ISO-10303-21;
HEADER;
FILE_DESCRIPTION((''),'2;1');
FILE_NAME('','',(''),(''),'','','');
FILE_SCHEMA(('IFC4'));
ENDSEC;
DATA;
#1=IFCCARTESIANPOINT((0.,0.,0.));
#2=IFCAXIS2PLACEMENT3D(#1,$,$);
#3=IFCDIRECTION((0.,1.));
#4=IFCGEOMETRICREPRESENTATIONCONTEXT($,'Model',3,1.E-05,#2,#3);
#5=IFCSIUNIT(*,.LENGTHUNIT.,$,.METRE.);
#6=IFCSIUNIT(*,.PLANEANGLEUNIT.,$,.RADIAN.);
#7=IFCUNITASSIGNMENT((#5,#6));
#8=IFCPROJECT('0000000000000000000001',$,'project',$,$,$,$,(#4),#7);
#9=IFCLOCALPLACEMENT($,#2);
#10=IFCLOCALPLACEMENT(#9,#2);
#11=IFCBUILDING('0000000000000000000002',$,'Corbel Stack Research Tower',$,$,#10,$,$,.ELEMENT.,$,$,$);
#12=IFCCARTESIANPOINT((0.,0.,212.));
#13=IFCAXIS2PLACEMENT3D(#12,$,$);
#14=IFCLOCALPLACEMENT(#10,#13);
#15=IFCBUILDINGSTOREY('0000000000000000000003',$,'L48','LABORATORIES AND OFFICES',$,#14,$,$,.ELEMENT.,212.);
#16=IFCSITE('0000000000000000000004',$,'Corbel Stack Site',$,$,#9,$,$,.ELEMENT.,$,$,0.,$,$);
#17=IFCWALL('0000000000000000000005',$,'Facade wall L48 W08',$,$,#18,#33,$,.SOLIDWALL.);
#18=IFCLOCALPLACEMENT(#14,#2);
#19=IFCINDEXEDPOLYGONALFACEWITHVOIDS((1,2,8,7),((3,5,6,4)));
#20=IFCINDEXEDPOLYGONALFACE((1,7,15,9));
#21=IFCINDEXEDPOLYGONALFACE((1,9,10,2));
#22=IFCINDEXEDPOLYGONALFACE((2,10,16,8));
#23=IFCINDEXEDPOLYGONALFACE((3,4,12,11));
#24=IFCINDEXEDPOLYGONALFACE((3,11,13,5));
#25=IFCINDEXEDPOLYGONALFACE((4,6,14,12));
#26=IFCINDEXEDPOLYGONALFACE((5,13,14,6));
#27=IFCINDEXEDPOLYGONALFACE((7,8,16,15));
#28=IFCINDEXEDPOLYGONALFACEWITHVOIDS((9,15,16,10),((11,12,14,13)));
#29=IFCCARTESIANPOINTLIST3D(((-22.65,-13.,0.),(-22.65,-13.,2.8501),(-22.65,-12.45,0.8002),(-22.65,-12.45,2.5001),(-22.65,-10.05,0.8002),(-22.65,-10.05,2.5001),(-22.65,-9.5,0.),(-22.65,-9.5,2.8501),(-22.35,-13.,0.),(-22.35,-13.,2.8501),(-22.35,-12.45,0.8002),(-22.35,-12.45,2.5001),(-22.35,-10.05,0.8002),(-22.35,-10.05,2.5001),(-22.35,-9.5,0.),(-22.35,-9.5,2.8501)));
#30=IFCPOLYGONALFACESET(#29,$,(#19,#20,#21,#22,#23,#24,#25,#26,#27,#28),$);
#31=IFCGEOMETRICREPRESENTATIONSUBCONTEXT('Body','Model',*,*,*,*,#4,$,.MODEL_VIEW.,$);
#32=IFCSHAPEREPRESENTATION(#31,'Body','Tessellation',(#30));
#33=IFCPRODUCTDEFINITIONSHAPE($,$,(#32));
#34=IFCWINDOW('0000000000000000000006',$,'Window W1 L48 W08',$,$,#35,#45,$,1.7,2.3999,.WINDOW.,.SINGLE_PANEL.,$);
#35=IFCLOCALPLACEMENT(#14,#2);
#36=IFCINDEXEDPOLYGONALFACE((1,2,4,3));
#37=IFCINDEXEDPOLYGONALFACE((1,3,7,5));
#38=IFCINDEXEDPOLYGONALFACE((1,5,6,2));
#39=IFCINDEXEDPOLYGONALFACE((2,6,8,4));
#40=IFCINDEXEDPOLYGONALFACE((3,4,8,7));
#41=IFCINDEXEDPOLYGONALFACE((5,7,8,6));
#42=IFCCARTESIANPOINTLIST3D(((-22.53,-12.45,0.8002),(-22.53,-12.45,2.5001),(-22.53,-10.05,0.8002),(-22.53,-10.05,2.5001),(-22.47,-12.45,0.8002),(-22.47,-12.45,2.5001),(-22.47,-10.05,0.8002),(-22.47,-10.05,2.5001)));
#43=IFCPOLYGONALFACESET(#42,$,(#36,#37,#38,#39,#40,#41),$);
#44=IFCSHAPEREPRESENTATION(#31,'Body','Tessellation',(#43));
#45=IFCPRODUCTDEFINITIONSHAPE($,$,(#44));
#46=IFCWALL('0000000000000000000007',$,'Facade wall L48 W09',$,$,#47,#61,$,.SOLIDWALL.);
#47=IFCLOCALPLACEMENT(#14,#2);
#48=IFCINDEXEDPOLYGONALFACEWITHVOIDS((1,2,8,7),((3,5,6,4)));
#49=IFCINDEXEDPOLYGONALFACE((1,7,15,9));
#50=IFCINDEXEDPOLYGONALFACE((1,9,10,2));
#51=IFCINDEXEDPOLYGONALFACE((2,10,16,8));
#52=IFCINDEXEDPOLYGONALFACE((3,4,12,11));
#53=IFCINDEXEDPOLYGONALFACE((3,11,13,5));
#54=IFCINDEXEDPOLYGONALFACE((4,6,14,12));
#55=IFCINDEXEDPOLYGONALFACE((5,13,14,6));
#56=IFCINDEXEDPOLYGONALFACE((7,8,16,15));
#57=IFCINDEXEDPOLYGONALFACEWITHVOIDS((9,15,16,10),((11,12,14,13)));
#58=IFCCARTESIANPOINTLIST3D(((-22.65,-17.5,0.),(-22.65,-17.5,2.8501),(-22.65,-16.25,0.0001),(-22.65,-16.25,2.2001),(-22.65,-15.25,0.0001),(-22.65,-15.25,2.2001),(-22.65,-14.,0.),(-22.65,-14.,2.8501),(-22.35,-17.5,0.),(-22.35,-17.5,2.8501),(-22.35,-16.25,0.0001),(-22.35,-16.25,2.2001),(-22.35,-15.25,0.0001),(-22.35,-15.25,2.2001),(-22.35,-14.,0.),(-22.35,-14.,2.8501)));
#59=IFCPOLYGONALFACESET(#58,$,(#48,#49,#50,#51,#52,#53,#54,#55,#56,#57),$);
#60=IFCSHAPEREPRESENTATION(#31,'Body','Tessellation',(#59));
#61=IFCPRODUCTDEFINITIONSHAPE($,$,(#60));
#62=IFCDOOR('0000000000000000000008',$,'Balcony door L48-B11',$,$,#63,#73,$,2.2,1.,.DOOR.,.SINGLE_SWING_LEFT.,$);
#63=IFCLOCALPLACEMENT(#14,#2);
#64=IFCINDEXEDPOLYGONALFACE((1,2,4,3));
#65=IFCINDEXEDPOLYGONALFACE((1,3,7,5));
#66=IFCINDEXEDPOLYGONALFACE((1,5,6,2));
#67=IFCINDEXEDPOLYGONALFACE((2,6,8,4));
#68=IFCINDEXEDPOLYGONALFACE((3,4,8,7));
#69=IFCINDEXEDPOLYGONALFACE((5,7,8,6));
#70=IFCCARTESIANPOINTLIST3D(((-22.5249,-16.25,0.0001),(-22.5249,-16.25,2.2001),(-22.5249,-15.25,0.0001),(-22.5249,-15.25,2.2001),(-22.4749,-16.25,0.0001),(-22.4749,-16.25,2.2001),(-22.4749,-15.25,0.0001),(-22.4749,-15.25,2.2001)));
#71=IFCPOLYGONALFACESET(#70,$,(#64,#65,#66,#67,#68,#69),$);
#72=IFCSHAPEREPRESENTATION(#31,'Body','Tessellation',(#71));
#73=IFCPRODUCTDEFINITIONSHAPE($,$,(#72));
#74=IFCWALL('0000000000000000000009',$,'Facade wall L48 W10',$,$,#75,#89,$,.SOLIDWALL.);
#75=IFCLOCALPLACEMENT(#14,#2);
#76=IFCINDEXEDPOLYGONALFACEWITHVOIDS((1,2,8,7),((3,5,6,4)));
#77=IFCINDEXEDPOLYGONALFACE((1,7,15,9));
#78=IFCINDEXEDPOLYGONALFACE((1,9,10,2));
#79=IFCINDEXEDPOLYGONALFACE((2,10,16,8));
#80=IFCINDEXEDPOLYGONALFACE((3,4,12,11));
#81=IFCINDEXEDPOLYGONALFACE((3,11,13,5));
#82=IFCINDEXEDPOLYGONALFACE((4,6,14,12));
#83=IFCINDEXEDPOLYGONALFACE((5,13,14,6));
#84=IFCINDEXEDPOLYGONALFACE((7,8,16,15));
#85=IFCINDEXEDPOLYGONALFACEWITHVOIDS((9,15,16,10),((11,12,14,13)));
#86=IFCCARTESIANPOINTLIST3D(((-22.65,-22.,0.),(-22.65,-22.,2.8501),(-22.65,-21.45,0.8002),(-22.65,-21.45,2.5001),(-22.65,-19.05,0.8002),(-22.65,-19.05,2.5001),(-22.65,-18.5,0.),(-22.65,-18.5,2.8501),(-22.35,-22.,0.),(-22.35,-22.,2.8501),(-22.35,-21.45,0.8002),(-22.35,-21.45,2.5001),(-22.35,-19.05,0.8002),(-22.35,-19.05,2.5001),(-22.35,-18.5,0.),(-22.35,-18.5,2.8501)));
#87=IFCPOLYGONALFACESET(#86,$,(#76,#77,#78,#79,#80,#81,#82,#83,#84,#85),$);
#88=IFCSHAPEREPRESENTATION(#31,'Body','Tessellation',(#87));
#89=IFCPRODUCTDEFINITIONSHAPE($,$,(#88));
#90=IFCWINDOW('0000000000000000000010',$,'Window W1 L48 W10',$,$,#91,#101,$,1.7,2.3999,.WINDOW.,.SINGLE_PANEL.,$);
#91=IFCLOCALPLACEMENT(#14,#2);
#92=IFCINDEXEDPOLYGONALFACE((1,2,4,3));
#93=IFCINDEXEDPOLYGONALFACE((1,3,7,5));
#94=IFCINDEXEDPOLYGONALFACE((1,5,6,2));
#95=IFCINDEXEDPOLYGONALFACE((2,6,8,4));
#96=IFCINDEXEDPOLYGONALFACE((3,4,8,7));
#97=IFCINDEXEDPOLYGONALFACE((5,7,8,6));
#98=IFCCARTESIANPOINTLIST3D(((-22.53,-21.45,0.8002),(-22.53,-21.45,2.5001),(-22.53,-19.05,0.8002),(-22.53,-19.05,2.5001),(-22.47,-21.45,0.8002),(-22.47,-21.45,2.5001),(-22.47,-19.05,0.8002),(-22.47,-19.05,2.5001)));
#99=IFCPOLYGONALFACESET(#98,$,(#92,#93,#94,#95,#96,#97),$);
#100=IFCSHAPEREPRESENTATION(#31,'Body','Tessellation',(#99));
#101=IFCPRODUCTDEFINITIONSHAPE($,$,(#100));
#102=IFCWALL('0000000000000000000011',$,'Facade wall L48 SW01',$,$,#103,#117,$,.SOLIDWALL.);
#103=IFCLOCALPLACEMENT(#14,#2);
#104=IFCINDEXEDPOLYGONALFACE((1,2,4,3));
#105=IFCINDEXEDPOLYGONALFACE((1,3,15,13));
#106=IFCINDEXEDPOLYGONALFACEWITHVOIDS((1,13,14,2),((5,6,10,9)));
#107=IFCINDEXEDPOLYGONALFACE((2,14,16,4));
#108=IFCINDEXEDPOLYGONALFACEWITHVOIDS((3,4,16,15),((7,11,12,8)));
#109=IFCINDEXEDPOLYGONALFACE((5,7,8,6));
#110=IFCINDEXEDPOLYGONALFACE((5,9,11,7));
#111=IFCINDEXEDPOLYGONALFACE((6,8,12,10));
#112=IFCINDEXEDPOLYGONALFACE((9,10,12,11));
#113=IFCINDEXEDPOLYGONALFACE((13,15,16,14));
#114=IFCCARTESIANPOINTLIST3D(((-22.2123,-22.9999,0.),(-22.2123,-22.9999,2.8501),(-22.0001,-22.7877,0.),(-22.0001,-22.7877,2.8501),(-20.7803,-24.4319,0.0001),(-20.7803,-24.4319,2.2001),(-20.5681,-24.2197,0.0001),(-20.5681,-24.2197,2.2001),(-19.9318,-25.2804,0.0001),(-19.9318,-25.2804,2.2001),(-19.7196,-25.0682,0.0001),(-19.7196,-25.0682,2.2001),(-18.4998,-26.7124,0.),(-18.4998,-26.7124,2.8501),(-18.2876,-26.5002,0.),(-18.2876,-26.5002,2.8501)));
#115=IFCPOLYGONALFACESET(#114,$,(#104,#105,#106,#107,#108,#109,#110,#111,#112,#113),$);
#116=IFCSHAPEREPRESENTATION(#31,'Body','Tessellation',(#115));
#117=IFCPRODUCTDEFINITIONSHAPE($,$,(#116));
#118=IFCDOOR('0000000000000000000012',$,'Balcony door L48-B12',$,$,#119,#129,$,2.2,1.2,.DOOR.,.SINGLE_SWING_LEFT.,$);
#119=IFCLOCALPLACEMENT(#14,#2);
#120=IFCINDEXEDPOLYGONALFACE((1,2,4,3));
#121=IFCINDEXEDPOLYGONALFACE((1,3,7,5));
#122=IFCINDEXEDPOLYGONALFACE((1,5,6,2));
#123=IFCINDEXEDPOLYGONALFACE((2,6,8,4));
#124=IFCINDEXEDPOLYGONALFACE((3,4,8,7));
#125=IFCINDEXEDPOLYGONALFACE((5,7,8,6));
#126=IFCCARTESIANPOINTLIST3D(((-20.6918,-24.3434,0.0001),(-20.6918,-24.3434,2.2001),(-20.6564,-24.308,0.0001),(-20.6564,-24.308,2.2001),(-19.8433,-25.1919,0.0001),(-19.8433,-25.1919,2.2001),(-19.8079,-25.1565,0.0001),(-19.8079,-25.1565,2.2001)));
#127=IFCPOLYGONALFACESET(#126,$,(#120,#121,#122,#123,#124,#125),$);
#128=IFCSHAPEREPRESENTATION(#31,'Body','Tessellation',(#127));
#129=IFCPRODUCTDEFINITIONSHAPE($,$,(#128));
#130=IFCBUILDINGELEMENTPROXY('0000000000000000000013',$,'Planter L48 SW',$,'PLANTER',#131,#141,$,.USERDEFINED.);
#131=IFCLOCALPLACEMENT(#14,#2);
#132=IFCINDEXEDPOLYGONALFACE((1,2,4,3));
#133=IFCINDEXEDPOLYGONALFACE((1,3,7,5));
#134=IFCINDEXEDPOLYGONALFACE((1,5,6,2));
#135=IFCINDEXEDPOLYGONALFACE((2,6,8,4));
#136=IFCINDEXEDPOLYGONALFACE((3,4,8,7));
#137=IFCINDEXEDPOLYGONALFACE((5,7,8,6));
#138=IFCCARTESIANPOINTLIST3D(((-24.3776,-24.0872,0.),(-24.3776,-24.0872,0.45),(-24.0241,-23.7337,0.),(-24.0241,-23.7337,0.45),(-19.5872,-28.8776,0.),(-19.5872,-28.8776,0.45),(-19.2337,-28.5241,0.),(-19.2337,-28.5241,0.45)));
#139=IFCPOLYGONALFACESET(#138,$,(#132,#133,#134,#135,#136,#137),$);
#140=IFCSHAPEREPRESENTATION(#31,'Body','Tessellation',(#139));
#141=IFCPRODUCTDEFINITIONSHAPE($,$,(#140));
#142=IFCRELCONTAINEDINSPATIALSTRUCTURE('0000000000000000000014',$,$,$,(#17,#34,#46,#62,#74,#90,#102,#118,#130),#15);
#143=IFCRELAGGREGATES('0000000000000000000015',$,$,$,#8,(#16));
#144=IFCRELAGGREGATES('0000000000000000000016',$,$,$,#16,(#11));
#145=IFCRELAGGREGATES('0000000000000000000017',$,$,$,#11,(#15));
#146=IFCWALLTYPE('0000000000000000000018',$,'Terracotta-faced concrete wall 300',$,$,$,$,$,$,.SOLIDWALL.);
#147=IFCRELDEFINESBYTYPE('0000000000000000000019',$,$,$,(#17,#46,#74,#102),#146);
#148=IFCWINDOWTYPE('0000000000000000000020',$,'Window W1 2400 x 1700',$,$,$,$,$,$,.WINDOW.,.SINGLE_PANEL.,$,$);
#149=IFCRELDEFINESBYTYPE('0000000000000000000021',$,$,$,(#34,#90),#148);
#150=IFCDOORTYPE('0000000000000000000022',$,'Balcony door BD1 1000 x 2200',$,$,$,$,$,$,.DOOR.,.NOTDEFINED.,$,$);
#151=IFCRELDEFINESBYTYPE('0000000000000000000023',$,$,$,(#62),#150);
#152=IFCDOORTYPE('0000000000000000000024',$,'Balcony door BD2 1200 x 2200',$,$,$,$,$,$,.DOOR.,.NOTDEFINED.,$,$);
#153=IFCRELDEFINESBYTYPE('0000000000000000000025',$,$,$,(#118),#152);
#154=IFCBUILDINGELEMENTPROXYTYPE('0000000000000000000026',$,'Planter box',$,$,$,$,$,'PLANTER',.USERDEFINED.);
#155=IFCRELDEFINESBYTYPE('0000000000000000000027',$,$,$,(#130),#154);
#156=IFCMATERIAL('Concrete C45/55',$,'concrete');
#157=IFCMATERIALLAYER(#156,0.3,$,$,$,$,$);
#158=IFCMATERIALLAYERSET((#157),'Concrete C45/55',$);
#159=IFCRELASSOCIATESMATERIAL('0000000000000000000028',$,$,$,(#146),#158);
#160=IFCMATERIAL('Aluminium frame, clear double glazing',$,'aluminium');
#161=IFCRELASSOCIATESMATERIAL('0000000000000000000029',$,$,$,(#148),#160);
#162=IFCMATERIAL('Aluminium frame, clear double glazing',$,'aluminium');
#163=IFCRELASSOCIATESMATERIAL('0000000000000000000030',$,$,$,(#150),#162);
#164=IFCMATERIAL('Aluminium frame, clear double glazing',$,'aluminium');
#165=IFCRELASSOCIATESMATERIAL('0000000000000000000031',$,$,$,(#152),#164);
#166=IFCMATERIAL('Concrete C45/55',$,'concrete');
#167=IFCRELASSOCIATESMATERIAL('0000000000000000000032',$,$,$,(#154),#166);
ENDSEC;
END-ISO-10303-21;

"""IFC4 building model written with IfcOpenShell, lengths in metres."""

from ifc_helpers import new_model, si_unit, direction, frame, frame_2d, origin, origin_2d, place, context, subcontext, project, spatial, rectangle, extrude, material, layer, layer_set, type_object, element, fill, save


model = new_model("IFC4")

# Units and contexts
model_context = context("Model", 3, precision=1e-05, world=origin(), true_north=direction((0.0, 1.0)))
body_context = subcontext(model_context, "Body", "Model", "MODEL_VIEW")
ifc_project = project(units=[si_unit("LENGTHUNIT", "METRE"), si_unit("PLANEANGLEUNIT", "RADIAN")], contexts=[model_context])

# Site, building, storey
site_placement = place(None, origin())
site = spatial("IfcSite", under=ifc_project, at=site_placement, Name="Corbel Stack Site", CompositionType="ELEMENT", RefElevation=0.0)
building_placement = place(site_placement, origin())
building = spatial("IfcBuilding", under=site, at=building_placement, Name="Corbel Stack Research Tower", CompositionType="ELEMENT")
storey_placement = place(building_placement, frame((0.0, 0.0, 212.0)))
storey = spatial("IfcBuildingStorey", under=building, at=storey_placement, Name="L48", Description="LABORATORIES AND OFFICES", CompositionType="ELEMENT", Elevation=212.0)

# Wall, opening, window
ifc_material_1 = material(Name="Concrete C45/55", Category="concrete")
ifc_layer_1 = layer(ifc_material_1, 0.3)
ifc_layer_set_1 = layer_set([ifc_layer_1], Name="Concrete C45/55")
wall_type_1 = type_object("IfcWallType", Name="Terracotta-faced concrete wall 300", PredefinedType="SOLIDWALL", material=ifc_layer_set_1)
ifc_material_2 = material(Name="Aluminium frame, clear double glazing", Category="aluminium")
window_type = type_object("IfcWindowType", Name="Window W1 2400 x 1700", PartitioningType="SINGLE_PANEL", PredefinedType="WINDOW", material=ifc_material_2)
wall_1_placement = place(storey_placement, frame((-22.5, -13.0, 0.0), z_axis=(0.0, 0.0, 1.0), x_axis=(0.0, 1.0, 0.0)))
wall_1 = element("IfcWall", 1, at=wall_1_placement, inside=storey, type_object=wall_type_1, Name="Facade wall L48 W08", PredefinedType="SOLIDWALL", context=body_context, shape_type="SweptSolid", body=[
    extrude(rectangle(XDim=3.5, YDim=0.3, at=frame_2d((1.75, 0.0))), origin(), (0.0, 0.0, 1.0), 2.8501),
])
opening_1_placement = place(wall_1_placement, frame((0.55, 0.0, 0.8)))
opening_1 = element("IfcOpeningElement", 2, at=opening_1_placement, cuts=wall_1, PredefinedType="OPENING", context=body_context, shape_type="SweptSolid", body=[
    extrude(rectangle(XDim=2.3999, YDim=1.7, at=frame_2d((1.2, 0.8501))), frame((0.0, 0.1599, 0.0), z_axis=(0.0, -1.0, 0.0), x_axis=(1.0, 0.0, 0.0)), (0.0, 0.0, 1.0), 0.3201),
])
window_1_placement = place(opening_1_placement, origin())
window_1 = element("IfcWindow", 3, at=window_1_placement, inside=storey, type_object=window_type, Name="Window W1 L48 W08", OverallHeight=1.7, OverallWidth=2.3999, PartitioningType="SINGLE_PANEL", PredefinedType="WINDOW", context=body_context, shape_type="SweptSolid", body=[
    extrude(rectangle(XDim=2.3999, YDim=1.7, at=frame_2d((1.2, 0.8501))), frame((0.0, 0.03, 0.0), z_axis=(0.0, -1.0, 0.0), x_axis=(1.0, 0.0, 0.0)), (0.0, 0.0, 1.0), 0.0601),
])
fill(opening_1, window_1)

# Wall, opening, door
wall_2_placement = place(storey_placement, frame((-22.5, -17.5, 0.0), z_axis=(0.0, 0.0, 1.0), x_axis=(0.0, 1.0, 0.0)))
wall_2 = element("IfcWall", 4, at=wall_2_placement, inside=storey, type_object=wall_type_1, Name="Facade wall L48 W09", PredefinedType="SOLIDWALL", context=body_context, shape_type="SweptSolid", body=[
    extrude(rectangle(XDim=3.5, YDim=0.3, at=frame_2d((1.75, 0.0))), origin(), (0.0, 0.0, 1.0), 2.8501),
])
opening_2_placement = place(wall_2_placement, frame((1.25, 0.0, 0.0)))
opening_2 = element("IfcOpeningElement", 5, at=opening_2_placement, cuts=wall_2, PredefinedType="OPENING", context=body_context, shape_type="SweptSolid", body=[
    extrude(rectangle(XDim=1.0, YDim=2.2, at=frame_2d((0.5, 1.1001))), frame((0.0, 0.1599, 0.0), z_axis=(0.0, -1.0, 0.0), x_axis=(1.0, 0.0, 0.0)), (0.0, 0.0, 1.0), 0.3201),
])
ifc_material_3 = material(Name="Aluminium frame, clear double glazing", Category="aluminium")
door_type_1 = type_object("IfcDoorType", Name="Balcony door BD1 1000 x 2200", OperationType="NOTDEFINED", PredefinedType="DOOR", material=ifc_material_3)
door_1_placement = place(opening_2_placement, origin())
door_1 = element("IfcDoor", 6, at=door_1_placement, inside=storey, type_object=door_type_1, Name="Balcony door L48-B11", OperationType="SINGLE_SWING_LEFT", OverallHeight=2.2, OverallWidth=1.0, PredefinedType="DOOR", context=body_context, shape_type="SweptSolid", body=[
    extrude(rectangle(XDim=1.0, YDim=2.2, at=frame_2d((0.5, 1.1001))), frame((0.0, 0.0249, 0.0), z_axis=(0.0, -1.0, 0.0), x_axis=(1.0, 0.0, 0.0)), (0.0, 0.0, 1.0), 0.05),
])
fill(opening_2, door_1)

# Wall, opening, window
wall_3_placement = place(storey_placement, frame((-22.5, -22.0, 0.0), z_axis=(0.0, 0.0, 1.0), x_axis=(0.0, 1.0, 0.0)))
wall_3 = element("IfcWall", 7, at=wall_3_placement, inside=storey, type_object=wall_type_1, Name="Facade wall L48 W10", PredefinedType="SOLIDWALL", context=body_context, shape_type="SweptSolid", body=[
    extrude(rectangle(XDim=3.5, YDim=0.3, at=frame_2d((1.75, 0.0))), origin(), (0.0, 0.0, 1.0), 2.8501),
])
opening_3_placement = place(wall_3_placement, frame((0.55, 0.0, 0.8)))
opening_3 = element("IfcOpeningElement", 8, at=opening_3_placement, cuts=wall_3, PredefinedType="OPENING", context=body_context, shape_type="SweptSolid", body=[
    extrude(rectangle(XDim=2.3999, YDim=1.7, at=frame_2d((1.2, 0.8501))), frame((0.0, 0.1599, 0.0), z_axis=(0.0, -1.0, 0.0), x_axis=(1.0, 0.0, 0.0)), (0.0, 0.0, 1.0), 0.3201),
])
window_2_placement = place(opening_3_placement, origin())
window_2 = element("IfcWindow", 9, at=window_2_placement, inside=storey, type_object=window_type, Name="Window W1 L48 W10", OverallHeight=1.7, OverallWidth=2.3999, PartitioningType="SINGLE_PANEL", PredefinedType="WINDOW", context=body_context, shape_type="SweptSolid", body=[
    extrude(rectangle(XDim=2.3999, YDim=1.7, at=frame_2d((1.2, 0.8501))), frame((0.0, 0.03, 0.0), z_axis=(0.0, -1.0, 0.0), x_axis=(1.0, 0.0, 0.0)), (0.0, 0.0, 1.0), 0.0601),
])
fill(opening_3, window_2)

# Wall, opening, door
wall_4_placement = place(storey_placement, frame((-18.3938, -26.6062, 0.0), z_axis=(0.0, 0.0, 1.0), x_axis=(-0.707107, 0.707107, 0.0)))
wall_4 = element("IfcWall", 10, at=wall_4_placement, inside=storey, type_object=wall_type_1, Name="Facade wall L48 SW01", PredefinedType="SOLIDWALL", context=body_context, shape_type="SweptSolid", body=[
    extrude(rectangle(XDim=5.2502, YDim=0.3, at=frame_2d((2.625, 0.0))), origin(), (0.0, 0.0, 1.0), 2.8501),
])
opening_4_placement = place(wall_4_placement, frame((2.0249, 0.0, 0.0)))
opening_4 = element("IfcOpeningElement", 11, at=opening_4_placement, cuts=wall_4, PredefinedType="OPENING", context=body_context, shape_type="SweptSolid", body=[
    extrude(rectangle(XDim=1.2, YDim=2.2, at=frame_2d((0.6001, 1.1001))), frame((0.0, 0.1599, 0.0), z_axis=(0.0, -1.0, 0.0), x_axis=(1.0, 0.0, 0.0)), (0.0, 0.0, 1.0), 0.3201),
])
ifc_material_4 = material(Name="Aluminium frame, clear double glazing", Category="aluminium")
door_type_2 = type_object("IfcDoorType", Name="Balcony door BD2 1200 x 2200", OperationType="NOTDEFINED", PredefinedType="DOOR", material=ifc_material_4)
door_2_placement = place(opening_4_placement, origin())
door_2 = element("IfcDoor", 12, at=door_2_placement, inside=storey, type_object=door_type_2, Name="Balcony door L48-B12", OperationType="SINGLE_SWING_LEFT", OverallHeight=2.2, OverallWidth=1.2, PredefinedType="DOOR", context=body_context, shape_type="SweptSolid", body=[
    extrude(rectangle(XDim=1.2, YDim=2.2, at=frame_2d((0.6001, 1.1001))), frame((0.0, 0.0249, 0.0), z_axis=(0.0, -1.0, 0.0), x_axis=(1.0, 0.0, 0.0)), (0.0, 0.0, 1.0), 0.05),
])
fill(opening_4, door_2)

# Building element proxy
ifc_material_5 = material(Name="Concrete C45/55", Category="concrete")
building_element_proxy_type = type_object("IfcBuildingElementProxyType", Name="Planter box", ElementType="PLANTER", PredefinedType="USERDEFINED", material=ifc_material_5)
proxy_placement = place(storey_placement, frame((-21.8057, -26.3057, 0.0), z_axis=(0.0, 0.0, 1.0), x_axis=(0.707107, -0.707107, 0.0)))
element("IfcBuildingElementProxy", 13, at=proxy_placement, inside=storey, type_object=building_element_proxy_type, Name="Planter L48 SW", ObjectType="PLANTER", PredefinedType="USERDEFINED", context=body_context, shape_type="SweptSolid", body=[
    extrude(rectangle(XDim=6.7747, YDim=0.5, at=origin_2d()), origin(), (0.0, 0.0, 1.0), 0.45),
])

save(model, "model.ifc")
